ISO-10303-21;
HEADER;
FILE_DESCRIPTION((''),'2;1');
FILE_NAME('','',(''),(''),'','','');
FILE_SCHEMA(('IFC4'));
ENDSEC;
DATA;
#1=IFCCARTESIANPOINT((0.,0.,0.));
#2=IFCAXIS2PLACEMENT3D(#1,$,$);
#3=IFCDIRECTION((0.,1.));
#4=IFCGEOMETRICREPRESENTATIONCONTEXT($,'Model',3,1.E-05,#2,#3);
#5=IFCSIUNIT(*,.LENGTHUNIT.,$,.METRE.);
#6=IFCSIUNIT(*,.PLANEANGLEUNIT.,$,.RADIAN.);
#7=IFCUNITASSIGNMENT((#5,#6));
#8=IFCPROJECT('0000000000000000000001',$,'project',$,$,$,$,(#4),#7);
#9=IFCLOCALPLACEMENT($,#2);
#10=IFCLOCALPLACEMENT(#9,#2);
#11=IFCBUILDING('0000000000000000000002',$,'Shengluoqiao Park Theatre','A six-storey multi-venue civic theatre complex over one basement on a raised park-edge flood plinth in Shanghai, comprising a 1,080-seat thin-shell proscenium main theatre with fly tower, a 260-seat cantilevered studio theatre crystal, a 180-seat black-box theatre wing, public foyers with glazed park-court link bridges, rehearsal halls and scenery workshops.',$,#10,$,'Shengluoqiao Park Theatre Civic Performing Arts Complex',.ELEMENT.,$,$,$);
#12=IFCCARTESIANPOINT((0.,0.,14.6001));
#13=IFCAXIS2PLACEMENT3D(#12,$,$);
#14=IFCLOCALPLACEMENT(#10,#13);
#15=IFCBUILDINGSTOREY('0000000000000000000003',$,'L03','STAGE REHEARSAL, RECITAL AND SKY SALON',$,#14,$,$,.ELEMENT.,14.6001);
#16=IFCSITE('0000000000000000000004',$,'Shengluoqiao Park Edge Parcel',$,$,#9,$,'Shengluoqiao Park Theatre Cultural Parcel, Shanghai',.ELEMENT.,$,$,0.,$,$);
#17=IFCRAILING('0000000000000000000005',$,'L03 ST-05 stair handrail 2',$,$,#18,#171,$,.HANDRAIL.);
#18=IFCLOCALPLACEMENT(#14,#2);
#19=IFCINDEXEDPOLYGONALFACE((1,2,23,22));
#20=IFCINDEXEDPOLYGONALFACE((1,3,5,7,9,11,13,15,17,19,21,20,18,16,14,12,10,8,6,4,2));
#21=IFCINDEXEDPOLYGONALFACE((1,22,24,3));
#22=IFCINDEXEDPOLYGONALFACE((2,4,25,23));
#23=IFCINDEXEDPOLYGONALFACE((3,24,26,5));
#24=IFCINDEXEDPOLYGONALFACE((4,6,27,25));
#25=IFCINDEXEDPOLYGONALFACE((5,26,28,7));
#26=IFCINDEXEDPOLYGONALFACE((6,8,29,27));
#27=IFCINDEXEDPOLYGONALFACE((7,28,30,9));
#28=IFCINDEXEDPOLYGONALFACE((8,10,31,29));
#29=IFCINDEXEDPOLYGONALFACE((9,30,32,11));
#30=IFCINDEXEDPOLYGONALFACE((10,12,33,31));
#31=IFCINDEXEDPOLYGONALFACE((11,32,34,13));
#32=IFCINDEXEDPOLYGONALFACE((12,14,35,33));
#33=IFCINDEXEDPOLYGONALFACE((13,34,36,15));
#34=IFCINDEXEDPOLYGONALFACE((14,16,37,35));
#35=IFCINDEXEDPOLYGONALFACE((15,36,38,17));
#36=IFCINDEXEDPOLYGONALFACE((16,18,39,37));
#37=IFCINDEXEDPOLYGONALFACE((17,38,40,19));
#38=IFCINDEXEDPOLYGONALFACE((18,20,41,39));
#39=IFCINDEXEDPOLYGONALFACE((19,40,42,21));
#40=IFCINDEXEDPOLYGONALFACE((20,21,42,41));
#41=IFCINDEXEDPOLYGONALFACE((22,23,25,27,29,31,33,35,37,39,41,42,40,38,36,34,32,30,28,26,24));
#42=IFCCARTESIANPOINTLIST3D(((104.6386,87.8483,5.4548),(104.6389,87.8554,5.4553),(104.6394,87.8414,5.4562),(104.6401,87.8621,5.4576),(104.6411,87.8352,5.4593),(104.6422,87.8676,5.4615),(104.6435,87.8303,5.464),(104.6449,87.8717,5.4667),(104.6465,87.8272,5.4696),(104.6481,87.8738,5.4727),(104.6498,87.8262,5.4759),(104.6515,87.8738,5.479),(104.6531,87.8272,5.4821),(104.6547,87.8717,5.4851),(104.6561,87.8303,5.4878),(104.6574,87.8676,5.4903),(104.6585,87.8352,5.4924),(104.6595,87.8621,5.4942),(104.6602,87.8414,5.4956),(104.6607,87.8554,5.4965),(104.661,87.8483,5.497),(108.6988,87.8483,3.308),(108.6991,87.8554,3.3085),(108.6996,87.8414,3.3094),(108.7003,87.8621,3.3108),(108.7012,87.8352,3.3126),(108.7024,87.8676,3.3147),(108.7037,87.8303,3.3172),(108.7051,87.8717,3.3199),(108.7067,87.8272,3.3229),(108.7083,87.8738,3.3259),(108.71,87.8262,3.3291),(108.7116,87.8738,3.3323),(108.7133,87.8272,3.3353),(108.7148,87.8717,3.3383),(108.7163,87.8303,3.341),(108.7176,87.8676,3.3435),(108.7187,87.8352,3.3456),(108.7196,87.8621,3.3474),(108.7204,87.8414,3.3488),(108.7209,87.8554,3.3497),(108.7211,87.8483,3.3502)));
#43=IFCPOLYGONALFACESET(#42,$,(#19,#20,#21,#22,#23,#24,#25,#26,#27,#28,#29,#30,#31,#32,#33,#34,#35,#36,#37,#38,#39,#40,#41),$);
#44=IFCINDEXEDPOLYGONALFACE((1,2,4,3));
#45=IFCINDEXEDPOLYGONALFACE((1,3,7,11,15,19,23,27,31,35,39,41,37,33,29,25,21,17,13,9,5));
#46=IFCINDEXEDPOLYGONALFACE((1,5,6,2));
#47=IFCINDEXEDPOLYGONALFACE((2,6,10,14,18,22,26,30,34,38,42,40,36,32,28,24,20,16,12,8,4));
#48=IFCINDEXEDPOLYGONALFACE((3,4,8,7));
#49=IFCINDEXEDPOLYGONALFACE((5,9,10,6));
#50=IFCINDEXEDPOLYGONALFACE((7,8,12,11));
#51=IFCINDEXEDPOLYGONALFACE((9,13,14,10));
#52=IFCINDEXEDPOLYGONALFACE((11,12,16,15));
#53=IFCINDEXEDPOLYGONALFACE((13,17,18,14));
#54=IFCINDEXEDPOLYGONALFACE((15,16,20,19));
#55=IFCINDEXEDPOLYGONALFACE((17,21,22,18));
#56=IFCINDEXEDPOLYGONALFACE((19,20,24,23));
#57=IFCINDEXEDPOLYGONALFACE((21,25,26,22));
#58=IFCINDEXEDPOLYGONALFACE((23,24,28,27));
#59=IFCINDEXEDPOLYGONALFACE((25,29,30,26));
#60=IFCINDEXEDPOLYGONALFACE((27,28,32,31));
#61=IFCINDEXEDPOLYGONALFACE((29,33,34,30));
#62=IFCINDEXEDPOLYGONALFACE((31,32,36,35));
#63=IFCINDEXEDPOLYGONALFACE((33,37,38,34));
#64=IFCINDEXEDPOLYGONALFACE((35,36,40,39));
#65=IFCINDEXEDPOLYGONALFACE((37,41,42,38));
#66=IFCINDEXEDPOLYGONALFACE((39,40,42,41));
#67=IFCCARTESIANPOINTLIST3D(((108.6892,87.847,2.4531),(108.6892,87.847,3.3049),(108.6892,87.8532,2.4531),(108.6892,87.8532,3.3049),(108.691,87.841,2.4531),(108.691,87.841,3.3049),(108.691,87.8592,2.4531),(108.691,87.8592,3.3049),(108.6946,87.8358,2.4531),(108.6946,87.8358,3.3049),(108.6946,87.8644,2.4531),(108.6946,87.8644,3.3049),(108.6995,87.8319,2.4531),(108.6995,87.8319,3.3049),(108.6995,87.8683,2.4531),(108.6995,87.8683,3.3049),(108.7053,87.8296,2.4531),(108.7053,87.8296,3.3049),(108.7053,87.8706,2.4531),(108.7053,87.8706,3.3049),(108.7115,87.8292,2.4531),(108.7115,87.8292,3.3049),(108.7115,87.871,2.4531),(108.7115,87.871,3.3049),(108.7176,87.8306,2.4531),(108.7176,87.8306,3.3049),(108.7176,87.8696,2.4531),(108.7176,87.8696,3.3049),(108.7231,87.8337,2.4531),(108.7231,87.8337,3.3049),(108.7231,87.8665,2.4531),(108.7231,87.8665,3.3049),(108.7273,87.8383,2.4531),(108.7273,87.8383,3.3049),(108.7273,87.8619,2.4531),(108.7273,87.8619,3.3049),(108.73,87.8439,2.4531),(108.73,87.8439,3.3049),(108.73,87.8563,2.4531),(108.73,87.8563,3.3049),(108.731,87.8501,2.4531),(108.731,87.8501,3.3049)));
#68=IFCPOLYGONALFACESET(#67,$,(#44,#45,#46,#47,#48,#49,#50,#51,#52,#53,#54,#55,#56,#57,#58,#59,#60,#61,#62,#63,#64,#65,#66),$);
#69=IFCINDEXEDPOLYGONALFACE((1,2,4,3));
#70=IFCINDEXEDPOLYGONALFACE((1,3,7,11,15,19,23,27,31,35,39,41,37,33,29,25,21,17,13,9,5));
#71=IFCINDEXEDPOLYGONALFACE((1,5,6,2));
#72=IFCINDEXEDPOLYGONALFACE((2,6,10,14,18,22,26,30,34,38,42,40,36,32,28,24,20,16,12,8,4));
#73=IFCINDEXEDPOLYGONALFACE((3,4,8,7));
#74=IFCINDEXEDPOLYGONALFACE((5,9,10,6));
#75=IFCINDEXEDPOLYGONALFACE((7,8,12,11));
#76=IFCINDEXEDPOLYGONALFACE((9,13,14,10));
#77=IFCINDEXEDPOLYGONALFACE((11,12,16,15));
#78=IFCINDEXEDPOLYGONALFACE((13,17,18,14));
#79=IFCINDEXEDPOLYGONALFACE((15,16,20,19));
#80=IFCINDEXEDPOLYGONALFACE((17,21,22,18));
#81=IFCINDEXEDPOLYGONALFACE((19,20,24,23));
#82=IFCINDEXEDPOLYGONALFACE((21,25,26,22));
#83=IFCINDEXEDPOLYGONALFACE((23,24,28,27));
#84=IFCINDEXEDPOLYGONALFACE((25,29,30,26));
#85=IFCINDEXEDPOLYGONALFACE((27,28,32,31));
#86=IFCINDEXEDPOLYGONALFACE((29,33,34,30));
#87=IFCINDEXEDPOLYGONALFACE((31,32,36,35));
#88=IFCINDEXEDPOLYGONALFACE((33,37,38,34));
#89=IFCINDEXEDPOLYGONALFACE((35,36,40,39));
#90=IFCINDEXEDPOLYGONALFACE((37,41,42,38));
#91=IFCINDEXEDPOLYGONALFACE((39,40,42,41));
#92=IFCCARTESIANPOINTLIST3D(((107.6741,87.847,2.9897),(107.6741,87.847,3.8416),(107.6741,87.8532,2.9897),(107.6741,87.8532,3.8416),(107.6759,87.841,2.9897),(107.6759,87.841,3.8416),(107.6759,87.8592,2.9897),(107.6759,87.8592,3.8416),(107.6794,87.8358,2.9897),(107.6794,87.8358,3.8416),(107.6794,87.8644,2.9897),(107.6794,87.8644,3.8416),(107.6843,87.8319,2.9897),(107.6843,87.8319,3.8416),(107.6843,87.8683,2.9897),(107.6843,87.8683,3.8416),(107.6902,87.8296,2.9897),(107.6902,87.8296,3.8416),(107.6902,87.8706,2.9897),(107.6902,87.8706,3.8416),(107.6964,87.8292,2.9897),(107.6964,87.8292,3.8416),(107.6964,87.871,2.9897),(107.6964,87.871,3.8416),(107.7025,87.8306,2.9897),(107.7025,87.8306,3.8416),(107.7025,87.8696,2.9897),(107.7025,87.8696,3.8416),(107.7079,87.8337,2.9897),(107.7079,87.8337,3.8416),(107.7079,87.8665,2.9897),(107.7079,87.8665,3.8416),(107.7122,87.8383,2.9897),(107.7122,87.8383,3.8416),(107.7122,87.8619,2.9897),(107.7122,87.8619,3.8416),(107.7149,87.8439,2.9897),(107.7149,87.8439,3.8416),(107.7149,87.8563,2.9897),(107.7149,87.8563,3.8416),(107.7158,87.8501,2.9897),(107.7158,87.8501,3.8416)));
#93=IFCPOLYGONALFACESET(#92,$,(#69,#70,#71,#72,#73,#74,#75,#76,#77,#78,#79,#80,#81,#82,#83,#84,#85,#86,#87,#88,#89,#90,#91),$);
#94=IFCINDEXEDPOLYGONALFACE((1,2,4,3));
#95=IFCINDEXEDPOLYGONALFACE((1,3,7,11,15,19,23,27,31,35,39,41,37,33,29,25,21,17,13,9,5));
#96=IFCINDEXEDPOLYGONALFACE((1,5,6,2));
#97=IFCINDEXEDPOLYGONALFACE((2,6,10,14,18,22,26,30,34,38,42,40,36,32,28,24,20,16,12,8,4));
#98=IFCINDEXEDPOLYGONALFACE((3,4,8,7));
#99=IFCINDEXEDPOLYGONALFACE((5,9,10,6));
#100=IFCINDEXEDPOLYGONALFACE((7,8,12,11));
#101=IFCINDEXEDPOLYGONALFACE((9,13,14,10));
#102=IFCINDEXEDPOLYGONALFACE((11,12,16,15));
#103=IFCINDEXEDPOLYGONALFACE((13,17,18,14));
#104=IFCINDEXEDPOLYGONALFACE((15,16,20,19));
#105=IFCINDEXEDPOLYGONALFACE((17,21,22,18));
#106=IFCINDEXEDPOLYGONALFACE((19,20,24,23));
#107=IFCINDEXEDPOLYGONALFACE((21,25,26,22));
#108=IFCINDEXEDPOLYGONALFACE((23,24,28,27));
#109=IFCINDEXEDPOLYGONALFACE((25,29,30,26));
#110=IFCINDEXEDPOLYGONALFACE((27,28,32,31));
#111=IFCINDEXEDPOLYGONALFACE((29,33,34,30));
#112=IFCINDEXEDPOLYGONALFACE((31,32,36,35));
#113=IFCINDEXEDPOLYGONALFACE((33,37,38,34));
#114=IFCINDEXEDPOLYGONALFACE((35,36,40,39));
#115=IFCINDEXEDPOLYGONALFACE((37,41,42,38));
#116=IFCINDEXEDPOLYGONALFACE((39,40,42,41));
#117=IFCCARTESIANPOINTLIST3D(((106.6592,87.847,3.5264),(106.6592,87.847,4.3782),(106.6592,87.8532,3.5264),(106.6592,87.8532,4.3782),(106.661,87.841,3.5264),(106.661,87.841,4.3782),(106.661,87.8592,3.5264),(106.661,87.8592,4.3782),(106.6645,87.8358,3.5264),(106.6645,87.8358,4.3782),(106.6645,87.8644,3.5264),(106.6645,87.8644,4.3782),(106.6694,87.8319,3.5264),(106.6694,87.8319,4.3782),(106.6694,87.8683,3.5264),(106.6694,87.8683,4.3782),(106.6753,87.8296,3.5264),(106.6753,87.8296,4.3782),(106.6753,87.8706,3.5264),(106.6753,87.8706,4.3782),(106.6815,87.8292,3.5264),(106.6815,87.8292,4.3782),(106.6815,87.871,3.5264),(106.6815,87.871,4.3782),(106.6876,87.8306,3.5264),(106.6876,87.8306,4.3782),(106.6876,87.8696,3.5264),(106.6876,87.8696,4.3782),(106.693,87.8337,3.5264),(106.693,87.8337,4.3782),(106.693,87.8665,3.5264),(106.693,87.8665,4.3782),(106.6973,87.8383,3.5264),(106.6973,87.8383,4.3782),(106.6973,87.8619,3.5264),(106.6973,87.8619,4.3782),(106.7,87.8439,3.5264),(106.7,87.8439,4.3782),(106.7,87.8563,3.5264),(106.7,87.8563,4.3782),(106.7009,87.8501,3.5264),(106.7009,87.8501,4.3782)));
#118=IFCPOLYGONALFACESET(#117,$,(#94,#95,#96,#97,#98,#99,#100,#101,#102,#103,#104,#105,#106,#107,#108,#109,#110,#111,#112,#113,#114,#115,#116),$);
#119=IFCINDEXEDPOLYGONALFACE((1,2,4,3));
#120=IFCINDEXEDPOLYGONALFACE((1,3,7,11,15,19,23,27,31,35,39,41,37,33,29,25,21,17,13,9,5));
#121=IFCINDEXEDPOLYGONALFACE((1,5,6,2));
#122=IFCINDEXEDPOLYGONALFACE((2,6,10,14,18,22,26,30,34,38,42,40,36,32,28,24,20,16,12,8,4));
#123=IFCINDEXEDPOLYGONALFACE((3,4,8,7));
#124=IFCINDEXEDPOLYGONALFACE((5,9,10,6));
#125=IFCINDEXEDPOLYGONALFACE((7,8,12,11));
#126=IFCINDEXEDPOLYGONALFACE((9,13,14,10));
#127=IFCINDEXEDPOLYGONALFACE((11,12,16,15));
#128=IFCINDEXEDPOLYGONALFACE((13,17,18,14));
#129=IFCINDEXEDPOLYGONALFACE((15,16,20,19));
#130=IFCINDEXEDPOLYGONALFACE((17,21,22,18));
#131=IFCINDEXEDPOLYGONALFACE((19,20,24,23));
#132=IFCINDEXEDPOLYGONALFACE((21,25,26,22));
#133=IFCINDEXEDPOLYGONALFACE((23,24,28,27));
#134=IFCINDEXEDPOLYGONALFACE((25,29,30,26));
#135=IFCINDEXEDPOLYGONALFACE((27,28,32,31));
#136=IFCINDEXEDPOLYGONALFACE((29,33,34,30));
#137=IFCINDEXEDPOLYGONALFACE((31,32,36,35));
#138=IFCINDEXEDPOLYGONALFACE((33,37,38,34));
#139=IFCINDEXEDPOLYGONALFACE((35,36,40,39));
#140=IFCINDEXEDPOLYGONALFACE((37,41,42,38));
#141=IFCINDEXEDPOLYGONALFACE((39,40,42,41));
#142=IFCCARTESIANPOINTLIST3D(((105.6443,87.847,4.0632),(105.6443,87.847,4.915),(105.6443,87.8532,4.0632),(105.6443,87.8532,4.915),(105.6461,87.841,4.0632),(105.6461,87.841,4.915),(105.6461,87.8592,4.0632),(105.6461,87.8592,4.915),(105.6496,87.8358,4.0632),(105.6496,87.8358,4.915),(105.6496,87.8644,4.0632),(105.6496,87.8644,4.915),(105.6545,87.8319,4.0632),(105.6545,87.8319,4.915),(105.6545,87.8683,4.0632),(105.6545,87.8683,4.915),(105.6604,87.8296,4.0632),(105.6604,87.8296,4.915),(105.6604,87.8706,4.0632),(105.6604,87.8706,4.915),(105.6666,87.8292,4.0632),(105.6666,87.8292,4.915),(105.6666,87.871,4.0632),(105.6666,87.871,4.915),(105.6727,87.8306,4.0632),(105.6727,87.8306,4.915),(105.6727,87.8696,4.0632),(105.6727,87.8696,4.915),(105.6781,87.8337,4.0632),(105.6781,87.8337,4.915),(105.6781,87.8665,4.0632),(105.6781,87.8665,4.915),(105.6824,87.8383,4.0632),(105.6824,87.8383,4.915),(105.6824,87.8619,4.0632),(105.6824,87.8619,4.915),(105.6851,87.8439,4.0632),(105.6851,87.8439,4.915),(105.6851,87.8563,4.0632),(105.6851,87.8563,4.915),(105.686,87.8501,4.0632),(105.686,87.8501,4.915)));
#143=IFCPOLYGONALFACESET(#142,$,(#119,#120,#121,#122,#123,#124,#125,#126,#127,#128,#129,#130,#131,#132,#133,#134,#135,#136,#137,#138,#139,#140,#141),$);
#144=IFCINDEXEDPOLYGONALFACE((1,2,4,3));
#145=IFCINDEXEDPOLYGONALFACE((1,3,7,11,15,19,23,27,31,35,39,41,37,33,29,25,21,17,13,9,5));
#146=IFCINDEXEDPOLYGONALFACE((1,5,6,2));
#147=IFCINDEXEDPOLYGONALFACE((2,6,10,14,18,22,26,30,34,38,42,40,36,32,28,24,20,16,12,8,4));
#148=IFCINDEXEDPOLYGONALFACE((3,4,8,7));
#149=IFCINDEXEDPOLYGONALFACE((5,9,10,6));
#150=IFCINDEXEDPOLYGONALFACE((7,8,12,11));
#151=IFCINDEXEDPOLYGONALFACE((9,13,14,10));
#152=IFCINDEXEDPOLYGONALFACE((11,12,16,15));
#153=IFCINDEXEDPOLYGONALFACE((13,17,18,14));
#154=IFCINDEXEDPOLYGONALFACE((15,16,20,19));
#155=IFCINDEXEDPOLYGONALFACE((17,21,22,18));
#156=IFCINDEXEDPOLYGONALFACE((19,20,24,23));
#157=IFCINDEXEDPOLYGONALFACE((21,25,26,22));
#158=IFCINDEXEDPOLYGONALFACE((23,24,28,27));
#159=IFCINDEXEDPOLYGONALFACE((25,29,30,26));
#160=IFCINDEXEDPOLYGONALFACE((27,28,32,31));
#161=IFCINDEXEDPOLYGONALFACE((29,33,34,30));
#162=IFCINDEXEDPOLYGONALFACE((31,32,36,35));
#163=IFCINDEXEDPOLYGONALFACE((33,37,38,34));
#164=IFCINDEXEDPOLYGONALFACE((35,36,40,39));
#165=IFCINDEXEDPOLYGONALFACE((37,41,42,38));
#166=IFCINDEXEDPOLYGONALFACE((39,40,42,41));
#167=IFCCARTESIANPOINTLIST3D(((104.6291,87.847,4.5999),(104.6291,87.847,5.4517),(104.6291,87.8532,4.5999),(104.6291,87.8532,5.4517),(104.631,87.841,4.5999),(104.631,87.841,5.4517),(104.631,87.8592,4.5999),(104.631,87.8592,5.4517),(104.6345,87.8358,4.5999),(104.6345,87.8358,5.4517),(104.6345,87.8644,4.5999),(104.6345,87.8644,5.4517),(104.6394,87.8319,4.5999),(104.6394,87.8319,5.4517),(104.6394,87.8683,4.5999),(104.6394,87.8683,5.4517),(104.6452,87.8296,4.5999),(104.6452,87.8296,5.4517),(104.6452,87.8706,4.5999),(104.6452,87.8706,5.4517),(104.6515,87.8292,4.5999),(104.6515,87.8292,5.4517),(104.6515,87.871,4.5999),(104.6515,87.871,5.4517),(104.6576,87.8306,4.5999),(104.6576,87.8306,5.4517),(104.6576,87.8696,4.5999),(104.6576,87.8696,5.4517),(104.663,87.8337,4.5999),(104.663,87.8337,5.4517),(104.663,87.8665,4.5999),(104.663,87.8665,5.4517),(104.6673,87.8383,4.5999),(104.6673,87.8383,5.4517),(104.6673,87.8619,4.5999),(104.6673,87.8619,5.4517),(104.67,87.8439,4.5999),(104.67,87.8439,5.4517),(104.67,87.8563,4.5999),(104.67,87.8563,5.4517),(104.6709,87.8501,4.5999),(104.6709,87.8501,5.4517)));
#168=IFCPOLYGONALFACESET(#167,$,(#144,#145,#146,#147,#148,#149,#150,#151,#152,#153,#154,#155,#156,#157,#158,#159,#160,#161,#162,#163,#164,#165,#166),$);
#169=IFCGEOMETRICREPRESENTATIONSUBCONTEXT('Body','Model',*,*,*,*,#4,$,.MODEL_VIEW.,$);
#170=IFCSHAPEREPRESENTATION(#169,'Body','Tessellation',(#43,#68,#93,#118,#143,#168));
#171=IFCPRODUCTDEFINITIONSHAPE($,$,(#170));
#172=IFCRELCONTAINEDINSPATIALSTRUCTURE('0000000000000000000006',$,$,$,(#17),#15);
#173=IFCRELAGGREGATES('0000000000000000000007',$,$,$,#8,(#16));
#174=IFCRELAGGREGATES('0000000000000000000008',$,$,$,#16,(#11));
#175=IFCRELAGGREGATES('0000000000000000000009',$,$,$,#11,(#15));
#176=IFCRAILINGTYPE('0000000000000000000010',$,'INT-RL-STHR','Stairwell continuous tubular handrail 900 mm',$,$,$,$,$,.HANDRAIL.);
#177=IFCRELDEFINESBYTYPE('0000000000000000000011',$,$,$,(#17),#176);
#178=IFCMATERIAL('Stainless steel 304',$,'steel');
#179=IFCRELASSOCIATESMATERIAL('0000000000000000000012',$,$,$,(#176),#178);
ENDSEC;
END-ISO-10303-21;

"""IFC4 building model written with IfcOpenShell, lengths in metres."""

from ifc_helpers import new_model, si_unit, direction, frame, origin, origin_2d, place, context, subcontext, project, spatial, circle, extrude, material, type_object, element, save


model = new_model("IFC4")

# Units and contexts
model_context = context("Model", 3, precision=1e-05, world=origin(), true_north=direction((0.0, 1.0)))
body_context = subcontext(model_context, "Body", "Model", "MODEL_VIEW")
ifc_project = project(units=[si_unit("LENGTHUNIT", "METRE"), si_unit("PLANEANGLEUNIT", "RADIAN")], contexts=[model_context])

# Site, building, storey
site_placement = place(None, origin())
site = spatial("IfcSite", under=ifc_project, at=site_placement, Name="Shengluoqiao Park Edge Parcel", LongName="Shengluoqiao Park Theatre Cultural Parcel, Shanghai", CompositionType="ELEMENT", RefElevation=0.0)
building_placement = place(site_placement, origin())
building = spatial("IfcBuilding", under=site, at=building_placement, Name="Shengluoqiao Park Theatre", Description="A six-storey multi-venue civic theatre complex over one basement on a raised park-edge flood plinth in Shanghai, comprising a 1,080-seat thin-shell proscenium main theatre with fly tower, a 260-seat cantilevered studio theatre crystal, a 180-seat black-box theatre wing, public foyers with glazed park-court link bridges, rehearsal halls and scenery workshops.", LongName="Shengluoqiao Park Theatre Civic Performing Arts Complex", CompositionType="ELEMENT")
storey_placement = place(building_placement, frame((0.0, 0.0, 14.6001)))
storey = spatial("IfcBuildingStorey", under=building, at=storey_placement, Name="L03", Description="STAGE REHEARSAL, RECITAL AND SKY SALON", CompositionType="ELEMENT", Elevation=14.6001)

# Railing
ifc_material_1 = material(Name="Stainless steel 304", Category="steel")
railing_type_1 = type_object("IfcRailingType", Name="INT-RL-STHR", Description="Stairwell continuous tubular handrail 900 mm", PredefinedType="HANDRAIL", material=ifc_material_1)
railing_1_placement = place(storey_placement, frame((108.71, 87.8501, 2.4531)))
element("IfcRailing", 1, at=railing_1_placement, inside=storey, type_object=railing_type_1, Name="L03 ST-05 stair handrail 2", PredefinedType="HANDRAIL", context=body_context, shape_type="SweptSolid", body=[
    extrude(circle(Radius=0.0239, at=origin_2d()), frame((0.0, 0.0, 0.876), z_axis=(-0.884032, 0.0, 0.467426), x_axis=(0.0, -1.0, 0.0)), (0.0, 0.0, 1.0), 4.5928),
    extrude(circle(Radius=0.021, at=origin_2d()), origin(), (0.0, 0.0, 1.0), 0.8518),
    extrude(circle(Radius=0.021, at=origin_2d()), frame((-1.0151, 0.0, 0.5366)), (0.0, 0.0, 1.0), 0.8518),
    extrude(circle(Radius=0.021, at=origin_2d()), frame((-2.03, 0.0, 1.0732)), (0.0, 0.0, 1.0), 0.8518),
    extrude(circle(Radius=0.021, at=origin_2d()), frame((-3.0449, 0.0, 1.6101)), (0.0, 0.0, 1.0), 0.8518),
    extrude(circle(Radius=0.021, at=origin_2d()), frame((-4.0601, 0.0, 2.1467)), (0.0, 0.0, 1.0), 0.8518),
])

save(model, "model.ifc")
